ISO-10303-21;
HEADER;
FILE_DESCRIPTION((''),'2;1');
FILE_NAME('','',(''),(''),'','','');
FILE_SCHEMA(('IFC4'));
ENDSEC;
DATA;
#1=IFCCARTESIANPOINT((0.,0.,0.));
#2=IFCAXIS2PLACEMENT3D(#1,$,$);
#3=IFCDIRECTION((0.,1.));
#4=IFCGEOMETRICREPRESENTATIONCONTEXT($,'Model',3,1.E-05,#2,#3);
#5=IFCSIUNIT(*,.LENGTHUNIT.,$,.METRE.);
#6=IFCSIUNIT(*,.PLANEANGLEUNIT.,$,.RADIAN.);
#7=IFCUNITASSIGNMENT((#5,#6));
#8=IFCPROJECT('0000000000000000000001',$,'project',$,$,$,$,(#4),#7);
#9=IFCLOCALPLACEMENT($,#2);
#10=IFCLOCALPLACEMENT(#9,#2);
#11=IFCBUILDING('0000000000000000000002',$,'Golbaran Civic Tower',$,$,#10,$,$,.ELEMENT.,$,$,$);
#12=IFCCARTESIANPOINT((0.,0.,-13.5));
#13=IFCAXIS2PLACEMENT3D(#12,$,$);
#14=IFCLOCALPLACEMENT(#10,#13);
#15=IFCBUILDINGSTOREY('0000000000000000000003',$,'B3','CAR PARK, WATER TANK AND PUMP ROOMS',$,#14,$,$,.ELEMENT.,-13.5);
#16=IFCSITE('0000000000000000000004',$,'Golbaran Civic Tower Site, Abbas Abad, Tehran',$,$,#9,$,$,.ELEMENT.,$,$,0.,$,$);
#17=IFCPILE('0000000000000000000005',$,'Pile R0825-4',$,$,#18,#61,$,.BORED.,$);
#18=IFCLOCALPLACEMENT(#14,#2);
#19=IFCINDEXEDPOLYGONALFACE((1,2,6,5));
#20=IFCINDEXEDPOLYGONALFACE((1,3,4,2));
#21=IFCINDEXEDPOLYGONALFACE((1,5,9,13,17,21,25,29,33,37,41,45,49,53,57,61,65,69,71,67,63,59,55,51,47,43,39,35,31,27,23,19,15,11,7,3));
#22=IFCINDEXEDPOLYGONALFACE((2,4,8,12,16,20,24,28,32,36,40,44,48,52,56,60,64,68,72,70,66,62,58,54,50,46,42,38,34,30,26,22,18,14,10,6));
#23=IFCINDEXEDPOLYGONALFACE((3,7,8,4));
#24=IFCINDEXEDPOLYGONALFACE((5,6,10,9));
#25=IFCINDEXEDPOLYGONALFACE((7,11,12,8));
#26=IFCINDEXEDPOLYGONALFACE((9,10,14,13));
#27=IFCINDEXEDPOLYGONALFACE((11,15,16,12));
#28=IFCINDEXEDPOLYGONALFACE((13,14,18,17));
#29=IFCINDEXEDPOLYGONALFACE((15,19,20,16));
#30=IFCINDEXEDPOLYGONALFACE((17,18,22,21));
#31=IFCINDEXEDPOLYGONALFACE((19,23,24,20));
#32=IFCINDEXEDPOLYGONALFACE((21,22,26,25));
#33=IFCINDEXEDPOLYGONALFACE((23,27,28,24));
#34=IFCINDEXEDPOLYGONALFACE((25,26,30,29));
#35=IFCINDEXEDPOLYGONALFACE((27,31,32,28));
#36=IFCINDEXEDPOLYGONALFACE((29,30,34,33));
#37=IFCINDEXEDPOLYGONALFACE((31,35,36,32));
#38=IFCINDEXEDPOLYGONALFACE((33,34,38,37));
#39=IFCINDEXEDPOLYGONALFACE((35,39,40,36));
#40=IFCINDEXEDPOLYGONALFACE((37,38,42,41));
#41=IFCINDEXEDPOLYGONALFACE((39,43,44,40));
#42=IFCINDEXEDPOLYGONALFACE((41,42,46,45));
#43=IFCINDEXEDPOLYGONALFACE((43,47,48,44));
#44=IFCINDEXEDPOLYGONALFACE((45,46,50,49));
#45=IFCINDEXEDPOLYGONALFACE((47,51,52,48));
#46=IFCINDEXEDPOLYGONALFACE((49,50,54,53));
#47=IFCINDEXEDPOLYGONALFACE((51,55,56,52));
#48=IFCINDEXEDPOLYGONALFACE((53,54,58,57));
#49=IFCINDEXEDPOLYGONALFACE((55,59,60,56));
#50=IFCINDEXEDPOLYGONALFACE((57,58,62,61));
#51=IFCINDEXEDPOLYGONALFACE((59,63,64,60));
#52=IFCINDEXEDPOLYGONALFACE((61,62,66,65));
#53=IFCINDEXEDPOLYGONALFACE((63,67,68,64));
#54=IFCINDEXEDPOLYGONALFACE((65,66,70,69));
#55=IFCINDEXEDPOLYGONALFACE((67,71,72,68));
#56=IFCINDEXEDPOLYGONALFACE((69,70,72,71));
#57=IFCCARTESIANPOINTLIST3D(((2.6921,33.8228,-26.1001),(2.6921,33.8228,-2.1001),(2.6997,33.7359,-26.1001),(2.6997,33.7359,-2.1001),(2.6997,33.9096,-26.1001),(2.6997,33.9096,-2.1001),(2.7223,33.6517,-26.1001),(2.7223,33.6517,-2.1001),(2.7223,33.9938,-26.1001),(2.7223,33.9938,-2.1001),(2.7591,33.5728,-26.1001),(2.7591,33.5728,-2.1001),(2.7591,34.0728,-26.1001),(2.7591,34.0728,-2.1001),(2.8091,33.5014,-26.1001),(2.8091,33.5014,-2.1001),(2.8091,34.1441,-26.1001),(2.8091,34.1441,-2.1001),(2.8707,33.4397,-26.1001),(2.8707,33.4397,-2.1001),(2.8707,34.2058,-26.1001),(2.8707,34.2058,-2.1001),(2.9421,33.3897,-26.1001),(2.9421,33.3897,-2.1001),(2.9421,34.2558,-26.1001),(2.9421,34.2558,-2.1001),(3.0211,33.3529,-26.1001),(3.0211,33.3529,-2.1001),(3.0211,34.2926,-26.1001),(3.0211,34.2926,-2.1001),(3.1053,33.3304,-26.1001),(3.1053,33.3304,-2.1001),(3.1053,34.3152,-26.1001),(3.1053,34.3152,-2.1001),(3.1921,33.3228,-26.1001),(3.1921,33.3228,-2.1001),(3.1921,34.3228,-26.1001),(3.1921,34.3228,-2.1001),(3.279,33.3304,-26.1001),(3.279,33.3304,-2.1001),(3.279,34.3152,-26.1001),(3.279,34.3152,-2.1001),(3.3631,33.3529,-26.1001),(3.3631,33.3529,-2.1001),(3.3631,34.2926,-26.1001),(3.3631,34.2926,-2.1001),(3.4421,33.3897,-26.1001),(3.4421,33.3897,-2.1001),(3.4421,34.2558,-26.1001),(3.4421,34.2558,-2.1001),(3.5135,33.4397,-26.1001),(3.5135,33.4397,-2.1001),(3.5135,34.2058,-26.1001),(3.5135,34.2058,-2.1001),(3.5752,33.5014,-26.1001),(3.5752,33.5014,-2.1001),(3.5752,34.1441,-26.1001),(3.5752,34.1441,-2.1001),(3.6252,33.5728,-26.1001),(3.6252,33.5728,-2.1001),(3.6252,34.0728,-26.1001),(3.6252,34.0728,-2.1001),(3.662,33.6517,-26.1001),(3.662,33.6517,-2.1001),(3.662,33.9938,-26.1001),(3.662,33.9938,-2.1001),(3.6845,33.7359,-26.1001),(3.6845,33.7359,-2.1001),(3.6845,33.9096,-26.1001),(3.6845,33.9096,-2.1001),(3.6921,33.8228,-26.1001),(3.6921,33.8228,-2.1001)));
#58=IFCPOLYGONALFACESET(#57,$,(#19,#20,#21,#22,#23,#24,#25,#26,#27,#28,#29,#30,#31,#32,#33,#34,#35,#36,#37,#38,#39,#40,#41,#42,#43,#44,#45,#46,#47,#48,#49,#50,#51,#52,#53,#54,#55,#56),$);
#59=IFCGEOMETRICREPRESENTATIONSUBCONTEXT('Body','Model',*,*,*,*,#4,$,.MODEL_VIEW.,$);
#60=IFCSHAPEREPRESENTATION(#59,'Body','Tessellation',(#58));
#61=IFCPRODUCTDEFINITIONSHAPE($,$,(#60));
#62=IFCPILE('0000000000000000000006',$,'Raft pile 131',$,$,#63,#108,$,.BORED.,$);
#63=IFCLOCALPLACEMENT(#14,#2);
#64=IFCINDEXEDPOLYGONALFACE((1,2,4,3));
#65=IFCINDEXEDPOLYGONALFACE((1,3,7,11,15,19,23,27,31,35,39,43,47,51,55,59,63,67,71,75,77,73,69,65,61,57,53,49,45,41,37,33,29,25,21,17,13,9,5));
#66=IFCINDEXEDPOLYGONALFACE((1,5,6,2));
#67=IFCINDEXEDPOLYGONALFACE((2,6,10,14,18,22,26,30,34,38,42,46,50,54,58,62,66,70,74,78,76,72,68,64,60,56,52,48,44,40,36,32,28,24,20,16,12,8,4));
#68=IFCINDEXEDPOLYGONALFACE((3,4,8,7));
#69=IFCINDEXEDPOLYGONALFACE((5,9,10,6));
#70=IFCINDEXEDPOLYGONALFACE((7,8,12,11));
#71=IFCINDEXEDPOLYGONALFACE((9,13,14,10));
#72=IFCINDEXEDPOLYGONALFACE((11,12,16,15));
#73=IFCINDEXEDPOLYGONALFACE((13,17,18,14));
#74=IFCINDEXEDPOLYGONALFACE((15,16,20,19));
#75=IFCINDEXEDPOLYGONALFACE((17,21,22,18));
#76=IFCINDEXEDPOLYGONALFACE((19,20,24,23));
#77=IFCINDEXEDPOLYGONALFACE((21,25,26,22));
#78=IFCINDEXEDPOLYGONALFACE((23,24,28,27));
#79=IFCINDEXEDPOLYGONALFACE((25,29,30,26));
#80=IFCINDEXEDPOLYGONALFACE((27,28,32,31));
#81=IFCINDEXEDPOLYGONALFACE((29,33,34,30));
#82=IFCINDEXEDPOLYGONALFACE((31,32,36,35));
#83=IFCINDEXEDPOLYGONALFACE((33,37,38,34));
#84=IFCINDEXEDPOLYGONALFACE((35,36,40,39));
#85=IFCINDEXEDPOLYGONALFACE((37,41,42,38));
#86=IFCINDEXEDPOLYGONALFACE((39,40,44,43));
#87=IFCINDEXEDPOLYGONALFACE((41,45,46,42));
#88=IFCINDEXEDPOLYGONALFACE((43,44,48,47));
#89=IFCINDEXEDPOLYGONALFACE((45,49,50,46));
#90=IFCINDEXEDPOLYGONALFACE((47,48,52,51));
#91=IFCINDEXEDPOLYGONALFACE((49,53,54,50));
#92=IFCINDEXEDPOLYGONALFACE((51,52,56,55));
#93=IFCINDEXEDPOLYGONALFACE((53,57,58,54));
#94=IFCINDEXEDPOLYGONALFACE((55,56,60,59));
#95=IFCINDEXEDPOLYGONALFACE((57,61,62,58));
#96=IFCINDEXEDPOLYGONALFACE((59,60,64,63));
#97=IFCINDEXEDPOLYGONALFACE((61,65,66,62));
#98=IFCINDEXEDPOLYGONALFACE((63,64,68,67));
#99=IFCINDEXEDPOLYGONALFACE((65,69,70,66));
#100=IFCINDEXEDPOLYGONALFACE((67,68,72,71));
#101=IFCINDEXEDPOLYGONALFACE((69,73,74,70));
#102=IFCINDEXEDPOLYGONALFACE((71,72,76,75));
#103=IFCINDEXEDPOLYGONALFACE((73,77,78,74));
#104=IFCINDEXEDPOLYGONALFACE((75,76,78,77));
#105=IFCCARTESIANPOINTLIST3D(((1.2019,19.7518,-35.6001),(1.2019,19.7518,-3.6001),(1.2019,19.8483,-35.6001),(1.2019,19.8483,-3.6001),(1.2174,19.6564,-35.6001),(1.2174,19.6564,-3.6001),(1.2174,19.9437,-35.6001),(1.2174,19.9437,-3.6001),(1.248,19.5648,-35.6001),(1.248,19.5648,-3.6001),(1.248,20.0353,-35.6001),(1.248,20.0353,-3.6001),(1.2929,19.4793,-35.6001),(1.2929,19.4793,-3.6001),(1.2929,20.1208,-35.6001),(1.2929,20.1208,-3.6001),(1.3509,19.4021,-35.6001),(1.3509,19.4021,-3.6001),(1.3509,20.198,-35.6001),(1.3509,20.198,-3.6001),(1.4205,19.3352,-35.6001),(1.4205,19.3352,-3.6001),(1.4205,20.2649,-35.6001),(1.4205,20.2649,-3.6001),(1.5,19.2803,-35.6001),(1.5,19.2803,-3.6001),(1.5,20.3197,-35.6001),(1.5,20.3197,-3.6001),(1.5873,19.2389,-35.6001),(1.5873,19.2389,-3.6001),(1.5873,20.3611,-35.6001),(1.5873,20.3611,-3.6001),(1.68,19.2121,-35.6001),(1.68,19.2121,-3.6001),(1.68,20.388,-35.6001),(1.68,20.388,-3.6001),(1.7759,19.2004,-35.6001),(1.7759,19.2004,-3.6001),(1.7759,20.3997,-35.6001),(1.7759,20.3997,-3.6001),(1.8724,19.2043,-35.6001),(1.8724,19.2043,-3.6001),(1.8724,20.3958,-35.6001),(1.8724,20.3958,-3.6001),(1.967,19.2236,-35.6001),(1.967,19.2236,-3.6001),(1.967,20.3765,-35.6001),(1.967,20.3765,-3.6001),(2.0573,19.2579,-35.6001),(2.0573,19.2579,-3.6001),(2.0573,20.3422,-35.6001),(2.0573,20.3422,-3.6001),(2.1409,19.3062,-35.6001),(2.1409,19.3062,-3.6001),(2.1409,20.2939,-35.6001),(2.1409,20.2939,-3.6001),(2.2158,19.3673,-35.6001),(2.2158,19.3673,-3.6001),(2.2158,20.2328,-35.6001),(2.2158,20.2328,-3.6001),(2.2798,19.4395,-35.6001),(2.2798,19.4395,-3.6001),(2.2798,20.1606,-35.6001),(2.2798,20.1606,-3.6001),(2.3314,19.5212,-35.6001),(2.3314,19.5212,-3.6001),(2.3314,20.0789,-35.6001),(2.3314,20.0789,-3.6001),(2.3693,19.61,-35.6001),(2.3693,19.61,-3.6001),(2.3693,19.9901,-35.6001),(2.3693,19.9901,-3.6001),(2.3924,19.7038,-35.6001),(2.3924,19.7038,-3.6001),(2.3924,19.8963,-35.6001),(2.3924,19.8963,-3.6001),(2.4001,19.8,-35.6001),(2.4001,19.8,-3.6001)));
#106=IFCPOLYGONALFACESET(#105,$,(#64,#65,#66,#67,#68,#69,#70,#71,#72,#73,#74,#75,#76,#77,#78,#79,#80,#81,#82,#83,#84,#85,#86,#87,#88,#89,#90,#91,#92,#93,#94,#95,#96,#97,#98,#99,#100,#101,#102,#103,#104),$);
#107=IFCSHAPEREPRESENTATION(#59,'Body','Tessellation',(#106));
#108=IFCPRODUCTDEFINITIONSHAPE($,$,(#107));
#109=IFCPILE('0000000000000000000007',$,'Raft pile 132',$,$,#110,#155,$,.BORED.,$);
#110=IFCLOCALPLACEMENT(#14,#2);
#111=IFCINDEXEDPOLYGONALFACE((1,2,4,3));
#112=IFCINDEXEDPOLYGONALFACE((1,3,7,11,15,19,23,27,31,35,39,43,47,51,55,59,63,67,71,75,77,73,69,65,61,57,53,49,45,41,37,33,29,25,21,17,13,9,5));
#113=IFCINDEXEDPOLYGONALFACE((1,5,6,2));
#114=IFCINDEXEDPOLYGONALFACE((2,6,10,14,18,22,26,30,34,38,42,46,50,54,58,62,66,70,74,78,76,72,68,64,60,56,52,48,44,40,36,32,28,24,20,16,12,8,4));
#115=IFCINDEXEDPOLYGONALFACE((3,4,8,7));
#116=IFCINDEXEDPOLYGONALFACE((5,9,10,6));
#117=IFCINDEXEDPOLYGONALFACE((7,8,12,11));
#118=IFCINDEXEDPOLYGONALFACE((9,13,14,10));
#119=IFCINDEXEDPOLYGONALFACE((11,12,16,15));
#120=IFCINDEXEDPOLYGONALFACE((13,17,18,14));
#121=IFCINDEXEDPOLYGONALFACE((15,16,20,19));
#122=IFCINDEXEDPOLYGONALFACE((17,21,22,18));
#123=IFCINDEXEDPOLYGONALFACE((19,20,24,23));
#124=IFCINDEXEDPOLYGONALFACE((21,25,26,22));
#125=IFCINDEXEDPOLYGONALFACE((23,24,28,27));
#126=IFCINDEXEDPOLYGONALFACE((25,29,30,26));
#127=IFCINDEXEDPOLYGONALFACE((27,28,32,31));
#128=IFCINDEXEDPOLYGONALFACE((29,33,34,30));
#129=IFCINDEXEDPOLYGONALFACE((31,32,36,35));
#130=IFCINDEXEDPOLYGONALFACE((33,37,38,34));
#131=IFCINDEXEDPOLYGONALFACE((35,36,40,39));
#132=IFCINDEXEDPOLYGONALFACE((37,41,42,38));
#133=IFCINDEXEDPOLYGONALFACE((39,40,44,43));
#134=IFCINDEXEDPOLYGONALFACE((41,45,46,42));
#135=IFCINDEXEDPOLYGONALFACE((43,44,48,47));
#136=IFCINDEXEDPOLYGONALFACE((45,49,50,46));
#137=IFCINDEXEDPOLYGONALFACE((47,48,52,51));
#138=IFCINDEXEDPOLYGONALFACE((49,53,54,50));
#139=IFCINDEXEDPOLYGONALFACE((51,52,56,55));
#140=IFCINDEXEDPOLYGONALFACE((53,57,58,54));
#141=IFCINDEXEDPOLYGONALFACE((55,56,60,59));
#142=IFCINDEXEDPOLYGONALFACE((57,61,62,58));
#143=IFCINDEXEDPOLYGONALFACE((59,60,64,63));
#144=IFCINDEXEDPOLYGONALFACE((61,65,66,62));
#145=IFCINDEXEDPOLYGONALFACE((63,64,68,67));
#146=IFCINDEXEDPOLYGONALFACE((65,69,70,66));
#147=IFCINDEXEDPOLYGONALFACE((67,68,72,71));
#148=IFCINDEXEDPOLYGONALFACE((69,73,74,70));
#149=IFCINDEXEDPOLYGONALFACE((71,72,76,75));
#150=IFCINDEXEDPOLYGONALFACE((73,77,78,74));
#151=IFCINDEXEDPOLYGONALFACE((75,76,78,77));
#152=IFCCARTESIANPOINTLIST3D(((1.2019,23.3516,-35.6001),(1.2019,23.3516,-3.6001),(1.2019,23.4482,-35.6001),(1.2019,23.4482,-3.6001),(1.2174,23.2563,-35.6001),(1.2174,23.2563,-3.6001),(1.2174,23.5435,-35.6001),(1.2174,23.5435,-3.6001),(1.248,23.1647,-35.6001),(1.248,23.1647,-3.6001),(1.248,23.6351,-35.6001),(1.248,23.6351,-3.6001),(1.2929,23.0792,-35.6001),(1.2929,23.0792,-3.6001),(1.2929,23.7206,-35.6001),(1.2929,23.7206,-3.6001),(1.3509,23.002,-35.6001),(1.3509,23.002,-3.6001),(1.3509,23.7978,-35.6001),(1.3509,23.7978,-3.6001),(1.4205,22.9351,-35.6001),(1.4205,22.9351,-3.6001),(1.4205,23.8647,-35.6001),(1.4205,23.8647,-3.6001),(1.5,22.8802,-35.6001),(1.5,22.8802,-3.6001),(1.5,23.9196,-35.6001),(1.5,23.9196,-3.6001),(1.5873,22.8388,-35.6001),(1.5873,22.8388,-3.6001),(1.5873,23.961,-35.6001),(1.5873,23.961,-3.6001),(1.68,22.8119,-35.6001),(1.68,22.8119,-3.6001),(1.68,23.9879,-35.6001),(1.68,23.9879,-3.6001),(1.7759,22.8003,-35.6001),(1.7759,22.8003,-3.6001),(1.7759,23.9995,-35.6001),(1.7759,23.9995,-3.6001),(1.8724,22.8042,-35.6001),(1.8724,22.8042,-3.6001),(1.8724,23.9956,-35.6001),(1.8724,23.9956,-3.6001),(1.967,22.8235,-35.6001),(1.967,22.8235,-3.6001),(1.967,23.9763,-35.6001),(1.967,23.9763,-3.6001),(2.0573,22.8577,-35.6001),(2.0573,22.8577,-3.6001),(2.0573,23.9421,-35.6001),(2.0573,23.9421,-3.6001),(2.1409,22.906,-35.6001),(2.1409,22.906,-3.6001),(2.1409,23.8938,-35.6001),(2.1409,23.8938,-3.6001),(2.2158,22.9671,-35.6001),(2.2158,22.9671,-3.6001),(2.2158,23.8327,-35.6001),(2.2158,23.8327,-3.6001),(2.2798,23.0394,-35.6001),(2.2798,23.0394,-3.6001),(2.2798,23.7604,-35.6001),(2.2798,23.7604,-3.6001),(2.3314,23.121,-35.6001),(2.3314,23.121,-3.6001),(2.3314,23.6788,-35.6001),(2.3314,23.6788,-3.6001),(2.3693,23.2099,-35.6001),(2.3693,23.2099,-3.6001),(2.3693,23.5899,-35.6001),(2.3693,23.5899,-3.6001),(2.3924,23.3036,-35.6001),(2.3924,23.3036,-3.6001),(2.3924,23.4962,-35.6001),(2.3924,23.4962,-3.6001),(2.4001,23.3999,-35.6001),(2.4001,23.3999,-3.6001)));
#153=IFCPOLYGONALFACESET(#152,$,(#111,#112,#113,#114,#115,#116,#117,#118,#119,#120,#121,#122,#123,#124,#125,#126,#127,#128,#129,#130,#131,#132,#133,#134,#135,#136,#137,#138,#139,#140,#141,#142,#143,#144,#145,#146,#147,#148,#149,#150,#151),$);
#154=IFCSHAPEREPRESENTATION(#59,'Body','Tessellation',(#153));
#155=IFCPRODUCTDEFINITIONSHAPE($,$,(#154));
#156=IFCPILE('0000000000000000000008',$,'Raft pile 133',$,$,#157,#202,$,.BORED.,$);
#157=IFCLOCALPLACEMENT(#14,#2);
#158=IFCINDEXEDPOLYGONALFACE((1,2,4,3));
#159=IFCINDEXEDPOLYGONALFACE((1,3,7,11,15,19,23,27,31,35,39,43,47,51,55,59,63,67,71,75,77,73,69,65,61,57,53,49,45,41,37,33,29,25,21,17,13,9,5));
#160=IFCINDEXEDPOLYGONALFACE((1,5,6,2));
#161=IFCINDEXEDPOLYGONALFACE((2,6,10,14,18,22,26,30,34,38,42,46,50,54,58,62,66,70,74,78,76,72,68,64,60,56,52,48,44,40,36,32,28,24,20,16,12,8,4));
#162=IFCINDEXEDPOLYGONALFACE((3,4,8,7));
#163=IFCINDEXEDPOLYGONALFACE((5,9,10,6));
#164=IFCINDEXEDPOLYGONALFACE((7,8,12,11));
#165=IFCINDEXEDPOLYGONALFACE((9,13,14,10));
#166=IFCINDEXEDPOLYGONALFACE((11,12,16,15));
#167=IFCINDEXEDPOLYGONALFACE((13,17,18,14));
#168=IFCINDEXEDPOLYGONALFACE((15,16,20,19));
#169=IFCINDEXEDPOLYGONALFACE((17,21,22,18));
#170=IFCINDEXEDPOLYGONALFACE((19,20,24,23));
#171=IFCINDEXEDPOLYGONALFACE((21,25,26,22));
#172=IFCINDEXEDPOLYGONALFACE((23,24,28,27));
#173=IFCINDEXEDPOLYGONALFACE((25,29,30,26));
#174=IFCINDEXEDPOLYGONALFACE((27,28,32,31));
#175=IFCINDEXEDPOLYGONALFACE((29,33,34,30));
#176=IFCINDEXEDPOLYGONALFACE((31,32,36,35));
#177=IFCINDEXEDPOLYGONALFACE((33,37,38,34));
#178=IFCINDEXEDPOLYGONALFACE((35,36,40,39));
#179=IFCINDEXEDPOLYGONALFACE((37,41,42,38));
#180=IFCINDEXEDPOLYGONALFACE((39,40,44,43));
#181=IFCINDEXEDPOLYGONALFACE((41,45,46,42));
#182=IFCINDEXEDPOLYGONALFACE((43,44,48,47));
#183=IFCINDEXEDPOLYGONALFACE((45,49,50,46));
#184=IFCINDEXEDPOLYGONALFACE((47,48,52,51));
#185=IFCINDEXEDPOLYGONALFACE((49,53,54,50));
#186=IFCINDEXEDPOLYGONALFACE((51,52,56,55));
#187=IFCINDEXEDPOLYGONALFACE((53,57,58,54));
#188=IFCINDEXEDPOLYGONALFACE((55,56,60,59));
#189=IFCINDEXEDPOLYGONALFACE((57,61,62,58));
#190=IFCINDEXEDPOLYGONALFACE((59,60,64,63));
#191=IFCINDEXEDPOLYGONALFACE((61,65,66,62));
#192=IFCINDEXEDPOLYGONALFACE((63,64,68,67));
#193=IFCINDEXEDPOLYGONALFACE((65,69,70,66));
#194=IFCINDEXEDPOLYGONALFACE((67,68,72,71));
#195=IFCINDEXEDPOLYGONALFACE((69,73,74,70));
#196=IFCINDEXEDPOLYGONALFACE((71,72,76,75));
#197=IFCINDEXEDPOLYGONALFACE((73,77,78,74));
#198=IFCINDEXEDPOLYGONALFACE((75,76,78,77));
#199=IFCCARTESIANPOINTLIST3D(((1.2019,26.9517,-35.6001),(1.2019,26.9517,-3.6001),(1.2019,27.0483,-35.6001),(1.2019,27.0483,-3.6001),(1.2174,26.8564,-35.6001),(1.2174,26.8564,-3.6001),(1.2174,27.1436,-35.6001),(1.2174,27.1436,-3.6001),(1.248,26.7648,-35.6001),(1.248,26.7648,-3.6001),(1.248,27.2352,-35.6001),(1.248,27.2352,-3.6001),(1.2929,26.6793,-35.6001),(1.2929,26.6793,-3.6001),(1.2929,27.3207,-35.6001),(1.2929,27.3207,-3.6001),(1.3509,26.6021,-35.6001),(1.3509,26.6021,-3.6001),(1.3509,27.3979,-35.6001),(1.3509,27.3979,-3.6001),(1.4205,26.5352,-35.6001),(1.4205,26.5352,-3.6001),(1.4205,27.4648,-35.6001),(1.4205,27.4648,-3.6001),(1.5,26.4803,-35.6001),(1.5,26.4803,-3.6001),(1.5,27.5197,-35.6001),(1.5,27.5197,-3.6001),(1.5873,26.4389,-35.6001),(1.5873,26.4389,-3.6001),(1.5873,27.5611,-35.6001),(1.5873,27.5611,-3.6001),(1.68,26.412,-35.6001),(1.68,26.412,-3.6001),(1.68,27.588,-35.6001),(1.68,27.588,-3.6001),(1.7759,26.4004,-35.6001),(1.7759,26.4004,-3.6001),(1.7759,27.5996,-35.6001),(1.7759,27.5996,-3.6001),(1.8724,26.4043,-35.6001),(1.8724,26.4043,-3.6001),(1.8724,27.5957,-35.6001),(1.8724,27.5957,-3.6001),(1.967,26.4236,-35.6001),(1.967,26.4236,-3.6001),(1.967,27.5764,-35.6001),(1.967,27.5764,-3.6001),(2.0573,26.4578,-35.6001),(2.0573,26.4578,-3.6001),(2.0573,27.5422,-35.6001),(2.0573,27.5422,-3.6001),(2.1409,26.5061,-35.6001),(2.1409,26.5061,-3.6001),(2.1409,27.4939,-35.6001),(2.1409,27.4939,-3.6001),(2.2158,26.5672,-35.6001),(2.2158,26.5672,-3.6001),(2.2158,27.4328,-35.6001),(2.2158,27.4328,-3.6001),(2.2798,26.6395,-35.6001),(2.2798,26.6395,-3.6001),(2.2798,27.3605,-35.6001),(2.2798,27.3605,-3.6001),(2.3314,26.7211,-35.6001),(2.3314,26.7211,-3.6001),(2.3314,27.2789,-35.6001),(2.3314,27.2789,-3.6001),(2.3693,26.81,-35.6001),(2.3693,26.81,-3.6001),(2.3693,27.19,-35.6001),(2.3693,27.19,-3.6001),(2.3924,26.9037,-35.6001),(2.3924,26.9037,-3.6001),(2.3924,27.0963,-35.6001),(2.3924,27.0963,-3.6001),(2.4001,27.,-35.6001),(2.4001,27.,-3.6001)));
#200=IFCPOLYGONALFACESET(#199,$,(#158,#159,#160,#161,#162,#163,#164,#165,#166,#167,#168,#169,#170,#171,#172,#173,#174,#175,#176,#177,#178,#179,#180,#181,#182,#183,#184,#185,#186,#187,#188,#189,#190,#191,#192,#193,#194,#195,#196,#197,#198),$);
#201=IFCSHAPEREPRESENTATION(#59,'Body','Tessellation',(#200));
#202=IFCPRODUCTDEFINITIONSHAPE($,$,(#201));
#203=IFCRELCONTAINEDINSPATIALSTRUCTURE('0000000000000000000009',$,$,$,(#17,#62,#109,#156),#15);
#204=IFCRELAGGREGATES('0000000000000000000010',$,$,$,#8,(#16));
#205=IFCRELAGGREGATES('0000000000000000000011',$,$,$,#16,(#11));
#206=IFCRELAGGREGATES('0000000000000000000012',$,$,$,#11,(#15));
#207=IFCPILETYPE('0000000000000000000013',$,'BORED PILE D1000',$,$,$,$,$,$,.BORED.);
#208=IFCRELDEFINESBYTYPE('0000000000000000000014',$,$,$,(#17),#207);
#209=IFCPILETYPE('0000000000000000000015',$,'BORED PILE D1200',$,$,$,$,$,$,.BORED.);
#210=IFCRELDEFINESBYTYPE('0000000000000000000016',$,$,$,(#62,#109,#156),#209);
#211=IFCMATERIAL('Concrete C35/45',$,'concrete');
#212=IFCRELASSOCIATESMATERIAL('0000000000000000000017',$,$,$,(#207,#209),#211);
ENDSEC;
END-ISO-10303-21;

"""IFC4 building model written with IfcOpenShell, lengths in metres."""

from ifc_helpers import new_model, si_unit, direction, frame, origin, origin_2d, place, context, subcontext, project, spatial, circle, extrude, material, material_profile, profile_set, type_object, element, save


model = new_model("IFC4")

# Units and contexts
model_context = context("Model", 3, precision=1e-05, world=origin(), true_north=direction((0.0, 1.0)))
body_context = subcontext(model_context, "Body", "Model", "MODEL_VIEW")
ifc_project = project(units=[si_unit("LENGTHUNIT", "METRE"), si_unit("PLANEANGLEUNIT", "RADIAN")], contexts=[model_context])

# Site, building, storey
site_placement = place(None, origin())
site = spatial("IfcSite", under=ifc_project, at=site_placement, Name="Golbaran Civic Tower Site, Abbas Abad, Tehran", CompositionType="ELEMENT", RefElevation=0.0)
building_placement = place(site_placement, origin())
building = spatial("IfcBuilding", under=site, at=building_placement, Name="Golbaran Civic Tower", CompositionType="ELEMENT")
storey_placement = place(building_placement, frame((0.0, 0.0, -13.5)))
storey = spatial("IfcBuildingStorey", under=building, at=storey_placement, Name="B3", Description="CAR PARK, WATER TANK AND PUMP ROOMS", CompositionType="ELEMENT", Elevation=-13.5)

# Piles
ifc_material_1 = material(Name="Concrete C35/45", Category="concrete")
ifc_material_profile_1 = material_profile(ifc_material_1, circle(Radius=0.5, at=origin_2d()), Name="BORED PILE D1000")
ifc_profile_set_1 = profile_set([ifc_material_profile_1], Name="Concrete C35/45")
pile_type_1 = type_object("IfcPileType", Name="BORED PILE D1000", PredefinedType="BORED", material=ifc_profile_set_1)
for number, where, z_axis, x_axis, name in (
    (1, (3.1921, 33.8228, -2.1001), (0.0, 0.0, -1.0), (1.0, 0.0, 0.0), "Pile R0825-4"),
):
    element("IfcPile", number, at=place(storey_placement, frame(where, z_axis=z_axis, x_axis=x_axis)), inside=storey, type_object=pile_type_1, Name=name, PredefinedType="BORED", context=body_context, shape_type="SweptSolid", body=[
        extrude(circle(Radius=0.5, at=origin_2d()), origin(), (0.0, 0.0, 1.0), 24.0),
    ])
ifc_material_profile_2 = material_profile(ifc_material_1, circle(Radius=0.6001, at=origin_2d()), Name="BORED PILE D1200")
ifc_profile_set_2 = profile_set([ifc_material_profile_2], Name="Concrete C35/45")
pile_type_2 = type_object("IfcPileType", Name="BORED PILE D1200", PredefinedType="BORED", material=ifc_profile_set_2)
for number, where, z_axis, x_axis, name in (
    (2, (1.8, 19.8, -3.6001), (0.0, 0.0, -1.0), (1.0, 0.0, 0.0), "Raft pile 131"),
    (3, (1.8, 23.3999, -3.6001), (0.0, 0.0, -1.0), (1.0, 0.0, 0.0), "Raft pile 132"),
    (4, (1.8, 27.0, -3.6001), (0.0, 0.0, -1.0), (1.0, 0.0, 0.0), "Raft pile 133"),
):
    element("IfcPile", number, at=place(storey_placement, frame(where, z_axis=z_axis, x_axis=x_axis)), inside=storey, type_object=pile_type_2, Name=name, PredefinedType="BORED", context=body_context, shape_type="SweptSolid", body=[
        extrude(circle(Radius=0.6001, at=origin_2d()), origin(), (0.0, 0.0, 1.0), 32.0),
    ])

save(model, "model.ifc")
